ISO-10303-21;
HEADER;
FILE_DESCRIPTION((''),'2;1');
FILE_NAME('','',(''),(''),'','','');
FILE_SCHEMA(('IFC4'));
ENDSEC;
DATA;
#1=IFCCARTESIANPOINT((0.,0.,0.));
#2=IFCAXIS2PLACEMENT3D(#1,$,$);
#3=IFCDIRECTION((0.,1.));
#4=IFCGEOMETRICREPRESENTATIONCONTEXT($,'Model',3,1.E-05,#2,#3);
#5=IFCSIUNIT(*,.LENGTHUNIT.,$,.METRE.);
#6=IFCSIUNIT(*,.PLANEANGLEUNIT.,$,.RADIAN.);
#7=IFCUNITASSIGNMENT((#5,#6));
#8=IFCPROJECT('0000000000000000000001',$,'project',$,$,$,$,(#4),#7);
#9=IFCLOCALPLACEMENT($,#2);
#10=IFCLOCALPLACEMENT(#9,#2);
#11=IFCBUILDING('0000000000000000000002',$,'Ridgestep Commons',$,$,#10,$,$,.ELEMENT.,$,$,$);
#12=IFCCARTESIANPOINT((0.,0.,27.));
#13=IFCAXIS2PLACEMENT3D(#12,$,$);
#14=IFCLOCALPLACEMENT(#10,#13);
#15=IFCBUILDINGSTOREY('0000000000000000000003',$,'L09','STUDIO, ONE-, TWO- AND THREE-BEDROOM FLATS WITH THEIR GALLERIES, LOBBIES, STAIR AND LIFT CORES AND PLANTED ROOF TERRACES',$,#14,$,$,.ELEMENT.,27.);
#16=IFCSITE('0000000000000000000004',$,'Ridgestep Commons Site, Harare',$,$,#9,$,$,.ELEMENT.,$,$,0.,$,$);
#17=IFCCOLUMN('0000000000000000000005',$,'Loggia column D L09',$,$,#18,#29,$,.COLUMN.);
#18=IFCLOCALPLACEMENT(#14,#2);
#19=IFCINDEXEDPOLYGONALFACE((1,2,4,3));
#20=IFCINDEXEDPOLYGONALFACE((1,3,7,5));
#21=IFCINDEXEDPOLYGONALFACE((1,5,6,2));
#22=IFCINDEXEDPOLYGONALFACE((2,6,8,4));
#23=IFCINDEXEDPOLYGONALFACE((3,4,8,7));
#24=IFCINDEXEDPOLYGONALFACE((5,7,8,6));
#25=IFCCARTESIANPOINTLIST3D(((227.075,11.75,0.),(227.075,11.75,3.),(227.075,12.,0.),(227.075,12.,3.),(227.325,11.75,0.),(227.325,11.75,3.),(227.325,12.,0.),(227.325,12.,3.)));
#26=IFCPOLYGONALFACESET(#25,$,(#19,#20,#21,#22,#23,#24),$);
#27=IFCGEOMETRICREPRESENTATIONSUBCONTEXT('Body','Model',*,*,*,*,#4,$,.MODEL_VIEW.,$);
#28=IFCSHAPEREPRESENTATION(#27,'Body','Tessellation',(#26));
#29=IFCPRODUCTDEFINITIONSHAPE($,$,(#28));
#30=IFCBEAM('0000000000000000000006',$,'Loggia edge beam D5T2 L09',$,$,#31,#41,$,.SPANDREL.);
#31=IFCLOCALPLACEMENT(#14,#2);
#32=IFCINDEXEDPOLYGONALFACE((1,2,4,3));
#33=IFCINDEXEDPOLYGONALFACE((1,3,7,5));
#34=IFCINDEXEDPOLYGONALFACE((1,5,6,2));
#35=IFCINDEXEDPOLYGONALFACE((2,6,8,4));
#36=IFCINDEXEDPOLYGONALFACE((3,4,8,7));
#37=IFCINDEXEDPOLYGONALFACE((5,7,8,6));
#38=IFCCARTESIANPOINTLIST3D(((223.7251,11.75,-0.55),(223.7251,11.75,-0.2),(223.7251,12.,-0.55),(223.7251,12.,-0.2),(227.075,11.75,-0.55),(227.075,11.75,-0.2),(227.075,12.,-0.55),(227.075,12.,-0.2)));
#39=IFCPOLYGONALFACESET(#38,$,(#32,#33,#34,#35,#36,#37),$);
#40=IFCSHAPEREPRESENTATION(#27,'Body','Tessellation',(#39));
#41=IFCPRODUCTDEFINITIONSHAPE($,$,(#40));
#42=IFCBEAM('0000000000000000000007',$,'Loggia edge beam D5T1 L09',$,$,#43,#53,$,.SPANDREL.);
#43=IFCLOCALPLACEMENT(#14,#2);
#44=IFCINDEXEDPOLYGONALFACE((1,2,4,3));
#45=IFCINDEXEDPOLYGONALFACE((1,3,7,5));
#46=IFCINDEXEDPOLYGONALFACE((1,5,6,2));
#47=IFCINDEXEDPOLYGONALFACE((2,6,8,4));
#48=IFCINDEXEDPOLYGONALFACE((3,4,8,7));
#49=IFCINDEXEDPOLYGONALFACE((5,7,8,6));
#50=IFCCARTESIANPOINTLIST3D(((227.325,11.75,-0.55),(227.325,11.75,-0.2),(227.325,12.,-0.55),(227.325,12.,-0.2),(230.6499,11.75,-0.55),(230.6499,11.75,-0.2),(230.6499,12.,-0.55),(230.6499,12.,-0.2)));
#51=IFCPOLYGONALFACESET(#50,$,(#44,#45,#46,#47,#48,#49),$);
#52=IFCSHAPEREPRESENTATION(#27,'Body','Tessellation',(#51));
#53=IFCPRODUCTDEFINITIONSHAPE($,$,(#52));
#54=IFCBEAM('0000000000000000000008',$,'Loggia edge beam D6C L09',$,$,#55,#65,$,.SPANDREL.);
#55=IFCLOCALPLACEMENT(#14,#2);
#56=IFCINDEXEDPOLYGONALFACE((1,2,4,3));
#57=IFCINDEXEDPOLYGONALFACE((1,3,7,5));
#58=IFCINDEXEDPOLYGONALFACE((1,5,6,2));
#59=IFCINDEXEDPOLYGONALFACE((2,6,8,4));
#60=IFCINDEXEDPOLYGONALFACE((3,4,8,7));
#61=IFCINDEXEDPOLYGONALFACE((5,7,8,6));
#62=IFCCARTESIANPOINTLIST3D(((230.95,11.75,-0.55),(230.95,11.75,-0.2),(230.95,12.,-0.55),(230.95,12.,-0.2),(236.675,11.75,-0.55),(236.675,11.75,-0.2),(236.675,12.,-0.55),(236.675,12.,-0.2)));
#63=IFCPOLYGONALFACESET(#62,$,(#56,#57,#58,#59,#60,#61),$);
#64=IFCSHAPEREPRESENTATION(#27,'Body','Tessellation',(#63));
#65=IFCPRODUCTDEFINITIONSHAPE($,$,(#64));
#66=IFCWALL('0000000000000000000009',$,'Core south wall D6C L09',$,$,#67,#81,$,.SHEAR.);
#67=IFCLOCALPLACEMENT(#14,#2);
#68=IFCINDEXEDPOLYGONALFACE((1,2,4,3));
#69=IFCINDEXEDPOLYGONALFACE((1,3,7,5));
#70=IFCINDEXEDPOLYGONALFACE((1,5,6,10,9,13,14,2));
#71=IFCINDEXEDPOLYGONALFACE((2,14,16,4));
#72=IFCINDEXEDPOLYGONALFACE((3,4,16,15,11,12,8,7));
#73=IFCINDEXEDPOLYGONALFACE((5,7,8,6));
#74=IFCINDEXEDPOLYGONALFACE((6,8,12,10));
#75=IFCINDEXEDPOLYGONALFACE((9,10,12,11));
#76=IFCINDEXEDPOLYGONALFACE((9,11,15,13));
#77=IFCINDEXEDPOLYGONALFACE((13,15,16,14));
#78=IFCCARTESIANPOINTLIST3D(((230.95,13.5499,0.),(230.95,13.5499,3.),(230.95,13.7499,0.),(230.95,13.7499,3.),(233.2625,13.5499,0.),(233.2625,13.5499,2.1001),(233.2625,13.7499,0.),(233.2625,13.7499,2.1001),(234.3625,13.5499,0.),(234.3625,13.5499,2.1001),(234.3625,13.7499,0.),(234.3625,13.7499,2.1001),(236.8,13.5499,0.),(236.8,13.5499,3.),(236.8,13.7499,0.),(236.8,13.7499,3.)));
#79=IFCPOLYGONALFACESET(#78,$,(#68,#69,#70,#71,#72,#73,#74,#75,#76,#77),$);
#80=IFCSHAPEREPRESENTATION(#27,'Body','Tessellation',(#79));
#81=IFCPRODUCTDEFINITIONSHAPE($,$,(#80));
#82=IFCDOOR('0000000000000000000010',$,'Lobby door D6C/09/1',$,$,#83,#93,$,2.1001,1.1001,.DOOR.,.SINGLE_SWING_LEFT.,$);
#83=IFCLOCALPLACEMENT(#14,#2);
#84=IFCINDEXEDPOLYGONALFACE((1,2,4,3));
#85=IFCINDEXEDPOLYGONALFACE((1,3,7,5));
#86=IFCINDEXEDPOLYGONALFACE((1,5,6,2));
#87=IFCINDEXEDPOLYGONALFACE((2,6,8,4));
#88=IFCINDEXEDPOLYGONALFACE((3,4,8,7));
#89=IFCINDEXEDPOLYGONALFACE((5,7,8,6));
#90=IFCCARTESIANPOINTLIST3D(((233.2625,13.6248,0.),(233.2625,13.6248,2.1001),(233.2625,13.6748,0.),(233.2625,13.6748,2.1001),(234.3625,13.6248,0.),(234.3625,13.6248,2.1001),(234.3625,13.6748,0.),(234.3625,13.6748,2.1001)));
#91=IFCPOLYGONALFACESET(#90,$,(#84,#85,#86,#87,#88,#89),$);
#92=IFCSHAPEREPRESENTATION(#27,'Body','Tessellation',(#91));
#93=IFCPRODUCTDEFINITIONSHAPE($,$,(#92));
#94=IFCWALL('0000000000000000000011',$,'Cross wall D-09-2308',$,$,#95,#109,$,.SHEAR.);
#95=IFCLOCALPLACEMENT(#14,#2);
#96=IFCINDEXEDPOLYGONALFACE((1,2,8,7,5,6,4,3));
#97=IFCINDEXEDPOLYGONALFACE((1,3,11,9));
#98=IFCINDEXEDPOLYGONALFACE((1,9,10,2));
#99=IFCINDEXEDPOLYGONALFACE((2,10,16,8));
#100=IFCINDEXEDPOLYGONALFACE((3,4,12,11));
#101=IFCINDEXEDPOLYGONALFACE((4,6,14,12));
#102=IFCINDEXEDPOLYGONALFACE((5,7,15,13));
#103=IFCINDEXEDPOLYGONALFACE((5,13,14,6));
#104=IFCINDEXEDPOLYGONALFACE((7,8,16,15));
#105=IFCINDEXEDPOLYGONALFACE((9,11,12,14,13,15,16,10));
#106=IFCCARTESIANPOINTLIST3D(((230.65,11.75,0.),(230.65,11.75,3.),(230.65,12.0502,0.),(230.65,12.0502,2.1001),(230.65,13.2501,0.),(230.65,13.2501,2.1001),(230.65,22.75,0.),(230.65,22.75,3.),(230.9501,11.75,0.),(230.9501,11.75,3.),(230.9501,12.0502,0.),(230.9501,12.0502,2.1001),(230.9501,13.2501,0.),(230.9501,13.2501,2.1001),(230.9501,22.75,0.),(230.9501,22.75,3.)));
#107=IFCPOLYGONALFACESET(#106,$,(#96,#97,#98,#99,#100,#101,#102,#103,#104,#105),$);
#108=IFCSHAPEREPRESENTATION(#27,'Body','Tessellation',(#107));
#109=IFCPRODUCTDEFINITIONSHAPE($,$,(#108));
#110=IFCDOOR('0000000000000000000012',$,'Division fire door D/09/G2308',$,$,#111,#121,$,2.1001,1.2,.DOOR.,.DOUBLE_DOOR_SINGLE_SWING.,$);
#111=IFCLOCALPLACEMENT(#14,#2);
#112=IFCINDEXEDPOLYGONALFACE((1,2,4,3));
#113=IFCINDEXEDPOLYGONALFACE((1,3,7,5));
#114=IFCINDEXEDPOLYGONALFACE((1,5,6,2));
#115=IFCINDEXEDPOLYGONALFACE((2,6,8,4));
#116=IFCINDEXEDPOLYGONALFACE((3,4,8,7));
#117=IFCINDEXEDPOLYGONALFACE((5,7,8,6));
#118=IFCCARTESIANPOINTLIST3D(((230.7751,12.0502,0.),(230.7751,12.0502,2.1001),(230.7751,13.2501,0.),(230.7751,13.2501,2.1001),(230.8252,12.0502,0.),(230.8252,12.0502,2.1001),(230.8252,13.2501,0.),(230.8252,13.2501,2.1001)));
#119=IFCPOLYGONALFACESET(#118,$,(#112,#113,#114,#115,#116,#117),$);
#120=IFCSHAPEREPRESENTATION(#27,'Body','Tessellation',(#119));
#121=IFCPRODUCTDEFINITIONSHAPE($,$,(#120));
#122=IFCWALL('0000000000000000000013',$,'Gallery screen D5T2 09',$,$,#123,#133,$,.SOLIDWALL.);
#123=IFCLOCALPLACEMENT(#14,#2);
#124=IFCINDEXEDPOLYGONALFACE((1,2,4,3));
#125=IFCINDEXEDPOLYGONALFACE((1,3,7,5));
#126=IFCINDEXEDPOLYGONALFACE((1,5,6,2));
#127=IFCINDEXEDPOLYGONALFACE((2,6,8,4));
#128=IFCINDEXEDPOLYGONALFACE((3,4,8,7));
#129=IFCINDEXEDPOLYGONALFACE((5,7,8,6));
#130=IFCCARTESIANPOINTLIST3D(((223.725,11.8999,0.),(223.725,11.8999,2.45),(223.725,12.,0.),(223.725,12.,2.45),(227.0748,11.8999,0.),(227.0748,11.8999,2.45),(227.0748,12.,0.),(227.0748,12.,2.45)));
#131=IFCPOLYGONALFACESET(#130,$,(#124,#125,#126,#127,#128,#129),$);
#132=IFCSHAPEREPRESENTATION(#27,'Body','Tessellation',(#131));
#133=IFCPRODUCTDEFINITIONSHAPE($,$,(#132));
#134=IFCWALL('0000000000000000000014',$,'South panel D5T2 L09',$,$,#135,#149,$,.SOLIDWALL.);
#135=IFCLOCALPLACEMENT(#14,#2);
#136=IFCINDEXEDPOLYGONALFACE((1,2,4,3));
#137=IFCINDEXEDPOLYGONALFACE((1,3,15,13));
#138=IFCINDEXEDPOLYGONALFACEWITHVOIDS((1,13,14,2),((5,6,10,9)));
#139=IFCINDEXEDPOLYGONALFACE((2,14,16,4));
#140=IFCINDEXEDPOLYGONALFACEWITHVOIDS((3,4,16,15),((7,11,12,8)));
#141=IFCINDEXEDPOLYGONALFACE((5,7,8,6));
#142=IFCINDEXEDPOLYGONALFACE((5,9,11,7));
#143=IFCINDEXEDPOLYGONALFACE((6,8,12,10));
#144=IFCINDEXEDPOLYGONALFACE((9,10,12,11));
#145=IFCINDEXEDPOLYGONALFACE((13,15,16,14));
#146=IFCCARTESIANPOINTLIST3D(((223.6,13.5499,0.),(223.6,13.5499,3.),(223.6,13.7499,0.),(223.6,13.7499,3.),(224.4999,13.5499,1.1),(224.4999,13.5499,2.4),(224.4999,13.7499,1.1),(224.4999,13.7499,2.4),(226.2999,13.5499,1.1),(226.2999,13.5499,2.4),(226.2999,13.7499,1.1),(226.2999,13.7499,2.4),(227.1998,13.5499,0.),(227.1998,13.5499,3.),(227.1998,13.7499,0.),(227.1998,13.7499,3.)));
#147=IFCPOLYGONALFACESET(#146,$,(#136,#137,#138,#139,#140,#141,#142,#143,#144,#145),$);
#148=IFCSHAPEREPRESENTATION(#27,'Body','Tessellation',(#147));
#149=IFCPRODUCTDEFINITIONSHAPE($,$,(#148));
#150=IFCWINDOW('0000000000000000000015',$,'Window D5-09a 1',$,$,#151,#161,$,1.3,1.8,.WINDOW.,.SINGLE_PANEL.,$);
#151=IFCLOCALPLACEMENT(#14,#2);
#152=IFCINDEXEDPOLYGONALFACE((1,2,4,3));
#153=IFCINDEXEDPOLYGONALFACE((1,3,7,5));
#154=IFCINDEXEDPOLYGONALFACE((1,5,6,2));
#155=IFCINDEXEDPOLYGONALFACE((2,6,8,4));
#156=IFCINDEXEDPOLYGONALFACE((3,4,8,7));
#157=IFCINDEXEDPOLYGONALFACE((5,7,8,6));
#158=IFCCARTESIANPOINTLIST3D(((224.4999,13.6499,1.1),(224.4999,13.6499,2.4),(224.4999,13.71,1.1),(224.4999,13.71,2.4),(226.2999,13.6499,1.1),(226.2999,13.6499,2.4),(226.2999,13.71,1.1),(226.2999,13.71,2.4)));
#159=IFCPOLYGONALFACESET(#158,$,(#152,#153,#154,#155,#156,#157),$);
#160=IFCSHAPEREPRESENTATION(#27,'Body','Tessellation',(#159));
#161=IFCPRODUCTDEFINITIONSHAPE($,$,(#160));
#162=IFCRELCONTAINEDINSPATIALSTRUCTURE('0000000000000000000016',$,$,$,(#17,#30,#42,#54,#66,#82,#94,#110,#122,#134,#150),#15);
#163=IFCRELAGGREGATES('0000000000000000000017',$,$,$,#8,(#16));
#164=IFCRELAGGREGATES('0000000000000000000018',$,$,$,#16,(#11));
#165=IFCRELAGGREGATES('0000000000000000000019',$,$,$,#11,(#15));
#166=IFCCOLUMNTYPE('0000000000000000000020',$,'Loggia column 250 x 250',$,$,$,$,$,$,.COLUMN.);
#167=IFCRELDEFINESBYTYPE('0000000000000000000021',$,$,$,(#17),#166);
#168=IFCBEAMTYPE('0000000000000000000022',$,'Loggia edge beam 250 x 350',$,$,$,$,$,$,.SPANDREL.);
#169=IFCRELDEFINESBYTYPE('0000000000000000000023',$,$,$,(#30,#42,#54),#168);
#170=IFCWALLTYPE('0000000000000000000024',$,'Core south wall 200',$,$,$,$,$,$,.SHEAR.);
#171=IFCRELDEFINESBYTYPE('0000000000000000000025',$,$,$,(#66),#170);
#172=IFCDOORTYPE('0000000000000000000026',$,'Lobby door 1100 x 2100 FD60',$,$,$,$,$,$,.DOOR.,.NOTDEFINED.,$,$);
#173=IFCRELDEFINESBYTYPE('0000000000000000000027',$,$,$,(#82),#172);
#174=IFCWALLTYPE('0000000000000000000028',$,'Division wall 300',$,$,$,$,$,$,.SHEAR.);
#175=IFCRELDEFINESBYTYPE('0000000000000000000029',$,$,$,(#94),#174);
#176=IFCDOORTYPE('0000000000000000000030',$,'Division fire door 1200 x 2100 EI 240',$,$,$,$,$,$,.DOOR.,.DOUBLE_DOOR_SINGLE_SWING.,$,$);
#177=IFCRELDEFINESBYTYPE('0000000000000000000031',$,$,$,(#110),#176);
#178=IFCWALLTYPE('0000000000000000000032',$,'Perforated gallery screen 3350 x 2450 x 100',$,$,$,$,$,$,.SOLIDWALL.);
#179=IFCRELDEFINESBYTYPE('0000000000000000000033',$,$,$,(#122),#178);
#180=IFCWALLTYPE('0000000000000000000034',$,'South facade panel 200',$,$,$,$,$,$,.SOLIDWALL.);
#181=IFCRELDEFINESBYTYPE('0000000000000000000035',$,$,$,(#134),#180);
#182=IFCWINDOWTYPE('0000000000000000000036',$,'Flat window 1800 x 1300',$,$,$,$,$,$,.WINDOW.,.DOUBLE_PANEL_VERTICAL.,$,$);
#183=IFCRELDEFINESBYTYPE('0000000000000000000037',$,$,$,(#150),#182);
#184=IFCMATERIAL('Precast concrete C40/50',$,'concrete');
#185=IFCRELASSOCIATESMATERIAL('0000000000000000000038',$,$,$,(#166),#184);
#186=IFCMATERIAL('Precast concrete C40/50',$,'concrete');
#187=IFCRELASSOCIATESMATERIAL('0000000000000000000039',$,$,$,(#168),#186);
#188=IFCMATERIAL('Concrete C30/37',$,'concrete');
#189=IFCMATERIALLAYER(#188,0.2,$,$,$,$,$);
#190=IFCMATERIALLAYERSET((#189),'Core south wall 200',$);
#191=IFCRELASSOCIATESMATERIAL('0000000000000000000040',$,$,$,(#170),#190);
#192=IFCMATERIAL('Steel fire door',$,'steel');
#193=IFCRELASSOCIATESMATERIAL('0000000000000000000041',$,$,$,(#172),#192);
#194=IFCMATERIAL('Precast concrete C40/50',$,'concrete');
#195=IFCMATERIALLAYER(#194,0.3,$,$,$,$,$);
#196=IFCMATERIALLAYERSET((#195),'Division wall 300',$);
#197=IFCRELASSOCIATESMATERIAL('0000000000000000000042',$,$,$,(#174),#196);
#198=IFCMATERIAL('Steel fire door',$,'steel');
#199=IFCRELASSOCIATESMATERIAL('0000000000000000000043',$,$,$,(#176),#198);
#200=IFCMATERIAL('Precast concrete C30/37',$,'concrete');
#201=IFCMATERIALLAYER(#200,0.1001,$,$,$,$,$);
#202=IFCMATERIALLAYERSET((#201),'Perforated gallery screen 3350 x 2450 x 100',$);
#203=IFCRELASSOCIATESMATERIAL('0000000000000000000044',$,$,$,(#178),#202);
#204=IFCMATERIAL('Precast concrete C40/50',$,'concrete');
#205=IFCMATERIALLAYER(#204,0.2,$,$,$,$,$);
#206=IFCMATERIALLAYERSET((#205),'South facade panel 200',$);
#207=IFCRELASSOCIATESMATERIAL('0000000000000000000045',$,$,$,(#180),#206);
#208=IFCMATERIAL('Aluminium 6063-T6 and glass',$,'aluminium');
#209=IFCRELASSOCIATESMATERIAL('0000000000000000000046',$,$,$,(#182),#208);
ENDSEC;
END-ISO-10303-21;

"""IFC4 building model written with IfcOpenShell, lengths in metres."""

from ifc_helpers import new_model, si_unit, direction, frame, frame_2d, origin, origin_2d, place, context, subcontext, project, spatial, rectangle, extrude, material, layer, layer_set, material_profile, profile_set, type_object, element, fill, save


model = new_model("IFC4")

# Units and contexts
model_context = context("Model", 3, precision=1e-05, world=origin(), true_north=direction((0.0, 1.0)))
body_context = subcontext(model_context, "Body", "Model", "MODEL_VIEW")
ifc_project = project(units=[si_unit("LENGTHUNIT", "METRE"), si_unit("PLANEANGLEUNIT", "RADIAN")], contexts=[model_context])

# Site, building, storey
site_placement = place(None, origin())
site = spatial("IfcSite", under=ifc_project, at=site_placement, Name="Ridgestep Commons Site, Harare", CompositionType="ELEMENT", RefElevation=0.0)
building_placement = place(site_placement, origin())
building = spatial("IfcBuilding", under=site, at=building_placement, Name="Ridgestep Commons", CompositionType="ELEMENT")
storey_placement = place(building_placement, frame((0.0, 0.0, 27.0)))
storey = spatial("IfcBuildingStorey", under=building, at=storey_placement, Name="L09", Description="STUDIO, ONE-, TWO- AND THREE-BEDROOM FLATS WITH THEIR GALLERIES, LOBBIES, STAIR AND LIFT CORES AND PLANTED ROOF TERRACES", CompositionType="ELEMENT", Elevation=27.0)

# Column
ifc_material_1 = material(Name="Precast concrete C40/50", Category="concrete")
ifc_material_profile_1 = material_profile(ifc_material_1, rectangle(XDim=0.25, YDim=0.25, at=origin_2d()), Name="PC 250x250")
ifc_profile_set_1 = profile_set([ifc_material_profile_1], Name="Precast concrete C40/50")
column_type = type_object("IfcColumnType", Name="Loggia column 250 x 250", PredefinedType="COLUMN", material=ifc_profile_set_1)
column_placement = place(storey_placement, frame((227.2, 11.875, 0.0), z_axis=(0.0, 0.0, 1.0), x_axis=(1.0, 0.0, 0.0)))
element("IfcColumn", 1, at=column_placement, inside=storey, type_object=column_type, Name="Loggia column D L09", PredefinedType="COLUMN", context=body_context, shape_type="SweptSolid", body=[
    extrude(rectangle(XDim=0.25, YDim=0.25, at=origin_2d()), origin(), (0.0, 0.0, 1.0), 3.0),
])

# Beams
ifc_material_2 = material(Name="Precast concrete C40/50", Category="concrete")
ifc_material_profile_2 = material_profile(ifc_material_2, rectangle(XDim=0.25, YDim=0.3501, at=origin_2d()), Name="PC 250x350")
ifc_profile_set_2 = profile_set([ifc_material_profile_2], Name="Precast concrete C40/50")
beam_type = type_object("IfcBeamType", Name="Loggia edge beam 250 x 350", PredefinedType="SPANDREL", material=ifc_profile_set_2)
beam_1_placement = place(storey_placement, frame((223.7251, 11.875, -0.375), z_axis=(1.0, 0.0, 0.0), x_axis=(0.0, 1.0, 0.0)))
element("IfcBeam", 2, at=beam_1_placement, inside=storey, type_object=beam_type, Name="Loggia edge beam D5T2 L09", PredefinedType="SPANDREL", context=body_context, shape_type="SweptSolid", body=[
    extrude(rectangle(XDim=0.25, YDim=0.3501, at=origin_2d()), origin(), (0.0, 0.0, 1.0), 3.3499),
])
beam_2_placement = place(storey_placement, frame((227.325, 11.875, -0.375), z_axis=(1.0, 0.0, 0.0), x_axis=(0.0, 1.0, 0.0)))
element("IfcBeam", 3, at=beam_2_placement, inside=storey, type_object=beam_type, Name="Loggia edge beam D5T1 L09", PredefinedType="SPANDREL", context=body_context, shape_type="SweptSolid", body=[
    extrude(rectangle(XDim=0.25, YDim=0.3501, at=origin_2d()), origin(), (0.0, 0.0, 1.0), 3.325),
])
beam_3_placement = place(storey_placement, frame((230.95, 11.875, -0.375), z_axis=(1.0, 0.0, 0.0), x_axis=(0.0, 1.0, 0.0)))
element("IfcBeam", 4, at=beam_3_placement, inside=storey, type_object=beam_type, Name="Loggia edge beam D6C L09", PredefinedType="SPANDREL", context=body_context, shape_type="SweptSolid", body=[
    extrude(rectangle(XDim=0.25, YDim=0.3501, at=origin_2d()), origin(), (0.0, 0.0, 1.0), 5.7251),
])

# Walls, openings, doors
ifc_material_3 = material(Name="Concrete C30/37", Category="concrete")
ifc_layer_1 = layer(ifc_material_3, 0.2)
ifc_layer_set_1 = layer_set([ifc_layer_1], Name="Core south wall 200")
wall_type_1 = type_object("IfcWallType", Name="Core south wall 200", PredefinedType="SHEAR", material=ifc_layer_set_1)
wall_1_placement = place(storey_placement, frame((230.95, 13.6499, 0.0), z_axis=(0.0, 0.0, 1.0), x_axis=(1.0, 0.0, 0.0)))
wall_1 = element("IfcWall", 5, at=wall_1_placement, inside=storey, type_object=wall_type_1, Name="Core south wall D6C L09", PredefinedType="SHEAR", context=body_context, shape_type="SweptSolid", body=[
    extrude(rectangle(XDim=5.8501, YDim=0.2, at=frame_2d((2.925, 0.0))), origin(), (0.0, 0.0, 1.0), 3.0),
])
opening_1_placement = place(wall_1_placement, frame((2.3125, 0.0, 0.0)))
opening_1 = element("IfcOpeningElement", 6, at=opening_1_placement, cuts=wall_1, PredefinedType="OPENING", context=body_context, shape_type="SweptSolid", body=[
    extrude(rectangle(XDim=1.1001, YDim=2.1001, at=frame_2d((0.55, 1.05))), frame((0.0, 0.1099, 0.0), z_axis=(0.0, -1.0, 0.0), x_axis=(1.0, 0.0, 0.0)), (0.0, 0.0, 1.0), 0.22),
])
ifc_material_4 = material(Name="Steel fire door", Category="steel")
door_type_1 = type_object("IfcDoorType", Name="Lobby door 1100 x 2100 FD60", OperationType="NOTDEFINED", PredefinedType="DOOR", material=ifc_material_4)
door_1_placement = place(opening_1_placement, origin())
door_1 = element("IfcDoor", 7, at=door_1_placement, inside=storey, type_object=door_type_1, Name="Lobby door D6C/09/1", OperationType="SINGLE_SWING_LEFT", OverallHeight=2.1001, OverallWidth=1.1001, PredefinedType="DOOR", context=body_context, shape_type="SweptSolid", body=[
    extrude(rectangle(XDim=1.1001, YDim=2.1001, at=frame_2d((0.55, 1.05))), frame((0.0, 0.0249, 0.0), z_axis=(0.0, -1.0, 0.0), x_axis=(1.0, 0.0, 0.0)), (0.0, 0.0, 1.0), 0.05),
])
fill(opening_1, door_1)
ifc_material_5 = material(Name="Precast concrete C40/50", Category="concrete")
ifc_layer_2 = layer(ifc_material_5, 0.3)
ifc_layer_set_2 = layer_set([ifc_layer_2], Name="Division wall 300")
wall_type_2 = type_object("IfcWallType", Name="Division wall 300", PredefinedType="SHEAR", material=ifc_layer_set_2)
wall_2_placement = place(storey_placement, frame((230.8, 11.75, 0.0), z_axis=(0.0, 0.0, 1.0), x_axis=(0.0, 1.0, 0.0)))
wall_2 = element("IfcWall", 8, at=wall_2_placement, inside=storey, type_object=wall_type_2, Name="Cross wall D-09-2308", PredefinedType="SHEAR", context=body_context, shape_type="SweptSolid", body=[
    extrude(rectangle(XDim=11.0, YDim=0.3, at=frame_2d((5.5, 0.0))), origin(), (0.0, 0.0, 1.0), 3.0),
])
opening_2_placement = place(wall_2_placement, frame((0.3, 0.0, 0.0)))
opening_2 = element("IfcOpeningElement", 9, at=opening_2_placement, cuts=wall_2, PredefinedType="OPENING", context=body_context, shape_type="SweptSolid", body=[
    extrude(rectangle(XDim=1.2, YDim=2.1001, at=frame_2d((0.6001, 1.05))), frame((0.0, 0.1599, 0.0), z_axis=(0.0, -1.0, 0.0), x_axis=(1.0, 0.0, 0.0)), (0.0, 0.0, 1.0), 0.3201),
])
ifc_material_6 = material(Name="Steel fire door", Category="steel")
door_type_2 = type_object("IfcDoorType", Name="Division fire door 1200 x 2100 EI 240", OperationType="DOUBLE_DOOR_SINGLE_SWING", PredefinedType="DOOR", material=ifc_material_6)
door_2_placement = place(opening_2_placement, origin())
door_2 = element("IfcDoor", 10, at=door_2_placement, inside=storey, type_object=door_type_2, Name="Division fire door D/09/G2308", OperationType="DOUBLE_DOOR_SINGLE_SWING", OverallHeight=2.1001, OverallWidth=1.2, PredefinedType="DOOR", context=body_context, shape_type="SweptSolid", body=[
    extrude(rectangle(XDim=1.2, YDim=2.1001, at=frame_2d((0.6001, 1.05))), frame((0.0, 0.0249, 0.0), z_axis=(0.0, -1.0, 0.0), x_axis=(1.0, 0.0, 0.0)), (0.0, 0.0, 1.0), 0.05),
])
fill(opening_2, door_2)

# Wall
ifc_material_7 = material(Name="Precast concrete C30/37", Category="concrete")
ifc_layer_3 = layer(ifc_material_7, 0.1001)
ifc_layer_set_3 = layer_set([ifc_layer_3], Name="Perforated gallery screen 3350 x 2450 x 100")
wall_type_3 = type_object("IfcWallType", Name="Perforated gallery screen 3350 x 2450 x 100", PredefinedType="SOLIDWALL", material=ifc_layer_set_3)
wall_3_placement = place(storey_placement, frame((223.7251, 11.95, 0.0), z_axis=(0.0, 0.0, 1.0), x_axis=(1.0, 0.0, 0.0)))
element("IfcWall", 11, at=wall_3_placement, inside=storey, type_object=wall_type_3, Name="Gallery screen D5T2 09", PredefinedType="SOLIDWALL", context=body_context, shape_type="SweptSolid", body=[
    extrude(rectangle(XDim=3.3499, YDim=0.1001, at=frame_2d((1.6748, 0.0))), origin(), (0.0, 0.0, 1.0), 2.45),
])

# Wall, opening, window
ifc_material_8 = material(Name="Precast concrete C40/50", Category="concrete")
ifc_layer_4 = layer(ifc_material_8, 0.2)
ifc_layer_set_4 = layer_set([ifc_layer_4], Name="South facade panel 200")
wall_type_4 = type_object("IfcWallType", Name="South facade panel 200", PredefinedType="SOLIDWALL", material=ifc_layer_set_4)
wall_4_placement = place(storey_placement, frame((223.6001, 13.6499, 0.0), z_axis=(0.0, 0.0, 1.0), x_axis=(1.0, 0.0, 0.0)))
wall_4 = element("IfcWall", 12, at=wall_4_placement, inside=storey, type_object=wall_type_4, Name="South panel D5T2 L09", PredefinedType="SOLIDWALL", context=body_context, shape_type="SweptSolid", body=[
    extrude(rectangle(XDim=3.5999, YDim=0.2, at=frame_2d((1.7998, 0.0))), origin(), (0.0, 0.0, 1.0), 3.0),
])
opening_3_placement = place(wall_4_placement, frame((0.8999, 0.0, 1.1001)))
opening_3 = element("IfcOpeningElement", 13, at=opening_3_placement, cuts=wall_4, PredefinedType="OPENING", context=body_context, shape_type="SweptSolid", body=[
    extrude(rectangle(XDim=1.8, YDim=1.3, at=frame_2d((0.8999, 0.6499))), frame((0.0, 0.1099, 0.0), z_axis=(0.0, -1.0, 0.0), x_axis=(1.0, 0.0, 0.0)), (0.0, 0.0, 1.0), 0.22),
])
ifc_material_9 = material(Name="Aluminium 6063-T6 and glass", Category="aluminium")
window_type_1 = type_object("IfcWindowType", Name="Flat window 1800 x 1300", PartitioningType="DOUBLE_PANEL_VERTICAL", PredefinedType="WINDOW", material=ifc_material_9)
window_1_placement = place(opening_3_placement, origin())
window_1 = element("IfcWindow", 14, at=window_1_placement, inside=storey, type_object=window_type_1, Name="Window D5-09a 1", OverallHeight=1.3, OverallWidth=1.8, PartitioningType="SINGLE_PANEL", PredefinedType="WINDOW", context=body_context, shape_type="SweptSolid", body=[
    extrude(rectangle(XDim=1.8, YDim=1.3, at=frame_2d((0.8999, 0.6499))), frame((0.0, 0.0601, 0.0), z_axis=(0.0, -1.0, 0.0), x_axis=(1.0, 0.0, 0.0)), (0.0, 0.0, 1.0), 0.0601),
])
fill(opening_3, window_1)

save(model, "model.ifc")
